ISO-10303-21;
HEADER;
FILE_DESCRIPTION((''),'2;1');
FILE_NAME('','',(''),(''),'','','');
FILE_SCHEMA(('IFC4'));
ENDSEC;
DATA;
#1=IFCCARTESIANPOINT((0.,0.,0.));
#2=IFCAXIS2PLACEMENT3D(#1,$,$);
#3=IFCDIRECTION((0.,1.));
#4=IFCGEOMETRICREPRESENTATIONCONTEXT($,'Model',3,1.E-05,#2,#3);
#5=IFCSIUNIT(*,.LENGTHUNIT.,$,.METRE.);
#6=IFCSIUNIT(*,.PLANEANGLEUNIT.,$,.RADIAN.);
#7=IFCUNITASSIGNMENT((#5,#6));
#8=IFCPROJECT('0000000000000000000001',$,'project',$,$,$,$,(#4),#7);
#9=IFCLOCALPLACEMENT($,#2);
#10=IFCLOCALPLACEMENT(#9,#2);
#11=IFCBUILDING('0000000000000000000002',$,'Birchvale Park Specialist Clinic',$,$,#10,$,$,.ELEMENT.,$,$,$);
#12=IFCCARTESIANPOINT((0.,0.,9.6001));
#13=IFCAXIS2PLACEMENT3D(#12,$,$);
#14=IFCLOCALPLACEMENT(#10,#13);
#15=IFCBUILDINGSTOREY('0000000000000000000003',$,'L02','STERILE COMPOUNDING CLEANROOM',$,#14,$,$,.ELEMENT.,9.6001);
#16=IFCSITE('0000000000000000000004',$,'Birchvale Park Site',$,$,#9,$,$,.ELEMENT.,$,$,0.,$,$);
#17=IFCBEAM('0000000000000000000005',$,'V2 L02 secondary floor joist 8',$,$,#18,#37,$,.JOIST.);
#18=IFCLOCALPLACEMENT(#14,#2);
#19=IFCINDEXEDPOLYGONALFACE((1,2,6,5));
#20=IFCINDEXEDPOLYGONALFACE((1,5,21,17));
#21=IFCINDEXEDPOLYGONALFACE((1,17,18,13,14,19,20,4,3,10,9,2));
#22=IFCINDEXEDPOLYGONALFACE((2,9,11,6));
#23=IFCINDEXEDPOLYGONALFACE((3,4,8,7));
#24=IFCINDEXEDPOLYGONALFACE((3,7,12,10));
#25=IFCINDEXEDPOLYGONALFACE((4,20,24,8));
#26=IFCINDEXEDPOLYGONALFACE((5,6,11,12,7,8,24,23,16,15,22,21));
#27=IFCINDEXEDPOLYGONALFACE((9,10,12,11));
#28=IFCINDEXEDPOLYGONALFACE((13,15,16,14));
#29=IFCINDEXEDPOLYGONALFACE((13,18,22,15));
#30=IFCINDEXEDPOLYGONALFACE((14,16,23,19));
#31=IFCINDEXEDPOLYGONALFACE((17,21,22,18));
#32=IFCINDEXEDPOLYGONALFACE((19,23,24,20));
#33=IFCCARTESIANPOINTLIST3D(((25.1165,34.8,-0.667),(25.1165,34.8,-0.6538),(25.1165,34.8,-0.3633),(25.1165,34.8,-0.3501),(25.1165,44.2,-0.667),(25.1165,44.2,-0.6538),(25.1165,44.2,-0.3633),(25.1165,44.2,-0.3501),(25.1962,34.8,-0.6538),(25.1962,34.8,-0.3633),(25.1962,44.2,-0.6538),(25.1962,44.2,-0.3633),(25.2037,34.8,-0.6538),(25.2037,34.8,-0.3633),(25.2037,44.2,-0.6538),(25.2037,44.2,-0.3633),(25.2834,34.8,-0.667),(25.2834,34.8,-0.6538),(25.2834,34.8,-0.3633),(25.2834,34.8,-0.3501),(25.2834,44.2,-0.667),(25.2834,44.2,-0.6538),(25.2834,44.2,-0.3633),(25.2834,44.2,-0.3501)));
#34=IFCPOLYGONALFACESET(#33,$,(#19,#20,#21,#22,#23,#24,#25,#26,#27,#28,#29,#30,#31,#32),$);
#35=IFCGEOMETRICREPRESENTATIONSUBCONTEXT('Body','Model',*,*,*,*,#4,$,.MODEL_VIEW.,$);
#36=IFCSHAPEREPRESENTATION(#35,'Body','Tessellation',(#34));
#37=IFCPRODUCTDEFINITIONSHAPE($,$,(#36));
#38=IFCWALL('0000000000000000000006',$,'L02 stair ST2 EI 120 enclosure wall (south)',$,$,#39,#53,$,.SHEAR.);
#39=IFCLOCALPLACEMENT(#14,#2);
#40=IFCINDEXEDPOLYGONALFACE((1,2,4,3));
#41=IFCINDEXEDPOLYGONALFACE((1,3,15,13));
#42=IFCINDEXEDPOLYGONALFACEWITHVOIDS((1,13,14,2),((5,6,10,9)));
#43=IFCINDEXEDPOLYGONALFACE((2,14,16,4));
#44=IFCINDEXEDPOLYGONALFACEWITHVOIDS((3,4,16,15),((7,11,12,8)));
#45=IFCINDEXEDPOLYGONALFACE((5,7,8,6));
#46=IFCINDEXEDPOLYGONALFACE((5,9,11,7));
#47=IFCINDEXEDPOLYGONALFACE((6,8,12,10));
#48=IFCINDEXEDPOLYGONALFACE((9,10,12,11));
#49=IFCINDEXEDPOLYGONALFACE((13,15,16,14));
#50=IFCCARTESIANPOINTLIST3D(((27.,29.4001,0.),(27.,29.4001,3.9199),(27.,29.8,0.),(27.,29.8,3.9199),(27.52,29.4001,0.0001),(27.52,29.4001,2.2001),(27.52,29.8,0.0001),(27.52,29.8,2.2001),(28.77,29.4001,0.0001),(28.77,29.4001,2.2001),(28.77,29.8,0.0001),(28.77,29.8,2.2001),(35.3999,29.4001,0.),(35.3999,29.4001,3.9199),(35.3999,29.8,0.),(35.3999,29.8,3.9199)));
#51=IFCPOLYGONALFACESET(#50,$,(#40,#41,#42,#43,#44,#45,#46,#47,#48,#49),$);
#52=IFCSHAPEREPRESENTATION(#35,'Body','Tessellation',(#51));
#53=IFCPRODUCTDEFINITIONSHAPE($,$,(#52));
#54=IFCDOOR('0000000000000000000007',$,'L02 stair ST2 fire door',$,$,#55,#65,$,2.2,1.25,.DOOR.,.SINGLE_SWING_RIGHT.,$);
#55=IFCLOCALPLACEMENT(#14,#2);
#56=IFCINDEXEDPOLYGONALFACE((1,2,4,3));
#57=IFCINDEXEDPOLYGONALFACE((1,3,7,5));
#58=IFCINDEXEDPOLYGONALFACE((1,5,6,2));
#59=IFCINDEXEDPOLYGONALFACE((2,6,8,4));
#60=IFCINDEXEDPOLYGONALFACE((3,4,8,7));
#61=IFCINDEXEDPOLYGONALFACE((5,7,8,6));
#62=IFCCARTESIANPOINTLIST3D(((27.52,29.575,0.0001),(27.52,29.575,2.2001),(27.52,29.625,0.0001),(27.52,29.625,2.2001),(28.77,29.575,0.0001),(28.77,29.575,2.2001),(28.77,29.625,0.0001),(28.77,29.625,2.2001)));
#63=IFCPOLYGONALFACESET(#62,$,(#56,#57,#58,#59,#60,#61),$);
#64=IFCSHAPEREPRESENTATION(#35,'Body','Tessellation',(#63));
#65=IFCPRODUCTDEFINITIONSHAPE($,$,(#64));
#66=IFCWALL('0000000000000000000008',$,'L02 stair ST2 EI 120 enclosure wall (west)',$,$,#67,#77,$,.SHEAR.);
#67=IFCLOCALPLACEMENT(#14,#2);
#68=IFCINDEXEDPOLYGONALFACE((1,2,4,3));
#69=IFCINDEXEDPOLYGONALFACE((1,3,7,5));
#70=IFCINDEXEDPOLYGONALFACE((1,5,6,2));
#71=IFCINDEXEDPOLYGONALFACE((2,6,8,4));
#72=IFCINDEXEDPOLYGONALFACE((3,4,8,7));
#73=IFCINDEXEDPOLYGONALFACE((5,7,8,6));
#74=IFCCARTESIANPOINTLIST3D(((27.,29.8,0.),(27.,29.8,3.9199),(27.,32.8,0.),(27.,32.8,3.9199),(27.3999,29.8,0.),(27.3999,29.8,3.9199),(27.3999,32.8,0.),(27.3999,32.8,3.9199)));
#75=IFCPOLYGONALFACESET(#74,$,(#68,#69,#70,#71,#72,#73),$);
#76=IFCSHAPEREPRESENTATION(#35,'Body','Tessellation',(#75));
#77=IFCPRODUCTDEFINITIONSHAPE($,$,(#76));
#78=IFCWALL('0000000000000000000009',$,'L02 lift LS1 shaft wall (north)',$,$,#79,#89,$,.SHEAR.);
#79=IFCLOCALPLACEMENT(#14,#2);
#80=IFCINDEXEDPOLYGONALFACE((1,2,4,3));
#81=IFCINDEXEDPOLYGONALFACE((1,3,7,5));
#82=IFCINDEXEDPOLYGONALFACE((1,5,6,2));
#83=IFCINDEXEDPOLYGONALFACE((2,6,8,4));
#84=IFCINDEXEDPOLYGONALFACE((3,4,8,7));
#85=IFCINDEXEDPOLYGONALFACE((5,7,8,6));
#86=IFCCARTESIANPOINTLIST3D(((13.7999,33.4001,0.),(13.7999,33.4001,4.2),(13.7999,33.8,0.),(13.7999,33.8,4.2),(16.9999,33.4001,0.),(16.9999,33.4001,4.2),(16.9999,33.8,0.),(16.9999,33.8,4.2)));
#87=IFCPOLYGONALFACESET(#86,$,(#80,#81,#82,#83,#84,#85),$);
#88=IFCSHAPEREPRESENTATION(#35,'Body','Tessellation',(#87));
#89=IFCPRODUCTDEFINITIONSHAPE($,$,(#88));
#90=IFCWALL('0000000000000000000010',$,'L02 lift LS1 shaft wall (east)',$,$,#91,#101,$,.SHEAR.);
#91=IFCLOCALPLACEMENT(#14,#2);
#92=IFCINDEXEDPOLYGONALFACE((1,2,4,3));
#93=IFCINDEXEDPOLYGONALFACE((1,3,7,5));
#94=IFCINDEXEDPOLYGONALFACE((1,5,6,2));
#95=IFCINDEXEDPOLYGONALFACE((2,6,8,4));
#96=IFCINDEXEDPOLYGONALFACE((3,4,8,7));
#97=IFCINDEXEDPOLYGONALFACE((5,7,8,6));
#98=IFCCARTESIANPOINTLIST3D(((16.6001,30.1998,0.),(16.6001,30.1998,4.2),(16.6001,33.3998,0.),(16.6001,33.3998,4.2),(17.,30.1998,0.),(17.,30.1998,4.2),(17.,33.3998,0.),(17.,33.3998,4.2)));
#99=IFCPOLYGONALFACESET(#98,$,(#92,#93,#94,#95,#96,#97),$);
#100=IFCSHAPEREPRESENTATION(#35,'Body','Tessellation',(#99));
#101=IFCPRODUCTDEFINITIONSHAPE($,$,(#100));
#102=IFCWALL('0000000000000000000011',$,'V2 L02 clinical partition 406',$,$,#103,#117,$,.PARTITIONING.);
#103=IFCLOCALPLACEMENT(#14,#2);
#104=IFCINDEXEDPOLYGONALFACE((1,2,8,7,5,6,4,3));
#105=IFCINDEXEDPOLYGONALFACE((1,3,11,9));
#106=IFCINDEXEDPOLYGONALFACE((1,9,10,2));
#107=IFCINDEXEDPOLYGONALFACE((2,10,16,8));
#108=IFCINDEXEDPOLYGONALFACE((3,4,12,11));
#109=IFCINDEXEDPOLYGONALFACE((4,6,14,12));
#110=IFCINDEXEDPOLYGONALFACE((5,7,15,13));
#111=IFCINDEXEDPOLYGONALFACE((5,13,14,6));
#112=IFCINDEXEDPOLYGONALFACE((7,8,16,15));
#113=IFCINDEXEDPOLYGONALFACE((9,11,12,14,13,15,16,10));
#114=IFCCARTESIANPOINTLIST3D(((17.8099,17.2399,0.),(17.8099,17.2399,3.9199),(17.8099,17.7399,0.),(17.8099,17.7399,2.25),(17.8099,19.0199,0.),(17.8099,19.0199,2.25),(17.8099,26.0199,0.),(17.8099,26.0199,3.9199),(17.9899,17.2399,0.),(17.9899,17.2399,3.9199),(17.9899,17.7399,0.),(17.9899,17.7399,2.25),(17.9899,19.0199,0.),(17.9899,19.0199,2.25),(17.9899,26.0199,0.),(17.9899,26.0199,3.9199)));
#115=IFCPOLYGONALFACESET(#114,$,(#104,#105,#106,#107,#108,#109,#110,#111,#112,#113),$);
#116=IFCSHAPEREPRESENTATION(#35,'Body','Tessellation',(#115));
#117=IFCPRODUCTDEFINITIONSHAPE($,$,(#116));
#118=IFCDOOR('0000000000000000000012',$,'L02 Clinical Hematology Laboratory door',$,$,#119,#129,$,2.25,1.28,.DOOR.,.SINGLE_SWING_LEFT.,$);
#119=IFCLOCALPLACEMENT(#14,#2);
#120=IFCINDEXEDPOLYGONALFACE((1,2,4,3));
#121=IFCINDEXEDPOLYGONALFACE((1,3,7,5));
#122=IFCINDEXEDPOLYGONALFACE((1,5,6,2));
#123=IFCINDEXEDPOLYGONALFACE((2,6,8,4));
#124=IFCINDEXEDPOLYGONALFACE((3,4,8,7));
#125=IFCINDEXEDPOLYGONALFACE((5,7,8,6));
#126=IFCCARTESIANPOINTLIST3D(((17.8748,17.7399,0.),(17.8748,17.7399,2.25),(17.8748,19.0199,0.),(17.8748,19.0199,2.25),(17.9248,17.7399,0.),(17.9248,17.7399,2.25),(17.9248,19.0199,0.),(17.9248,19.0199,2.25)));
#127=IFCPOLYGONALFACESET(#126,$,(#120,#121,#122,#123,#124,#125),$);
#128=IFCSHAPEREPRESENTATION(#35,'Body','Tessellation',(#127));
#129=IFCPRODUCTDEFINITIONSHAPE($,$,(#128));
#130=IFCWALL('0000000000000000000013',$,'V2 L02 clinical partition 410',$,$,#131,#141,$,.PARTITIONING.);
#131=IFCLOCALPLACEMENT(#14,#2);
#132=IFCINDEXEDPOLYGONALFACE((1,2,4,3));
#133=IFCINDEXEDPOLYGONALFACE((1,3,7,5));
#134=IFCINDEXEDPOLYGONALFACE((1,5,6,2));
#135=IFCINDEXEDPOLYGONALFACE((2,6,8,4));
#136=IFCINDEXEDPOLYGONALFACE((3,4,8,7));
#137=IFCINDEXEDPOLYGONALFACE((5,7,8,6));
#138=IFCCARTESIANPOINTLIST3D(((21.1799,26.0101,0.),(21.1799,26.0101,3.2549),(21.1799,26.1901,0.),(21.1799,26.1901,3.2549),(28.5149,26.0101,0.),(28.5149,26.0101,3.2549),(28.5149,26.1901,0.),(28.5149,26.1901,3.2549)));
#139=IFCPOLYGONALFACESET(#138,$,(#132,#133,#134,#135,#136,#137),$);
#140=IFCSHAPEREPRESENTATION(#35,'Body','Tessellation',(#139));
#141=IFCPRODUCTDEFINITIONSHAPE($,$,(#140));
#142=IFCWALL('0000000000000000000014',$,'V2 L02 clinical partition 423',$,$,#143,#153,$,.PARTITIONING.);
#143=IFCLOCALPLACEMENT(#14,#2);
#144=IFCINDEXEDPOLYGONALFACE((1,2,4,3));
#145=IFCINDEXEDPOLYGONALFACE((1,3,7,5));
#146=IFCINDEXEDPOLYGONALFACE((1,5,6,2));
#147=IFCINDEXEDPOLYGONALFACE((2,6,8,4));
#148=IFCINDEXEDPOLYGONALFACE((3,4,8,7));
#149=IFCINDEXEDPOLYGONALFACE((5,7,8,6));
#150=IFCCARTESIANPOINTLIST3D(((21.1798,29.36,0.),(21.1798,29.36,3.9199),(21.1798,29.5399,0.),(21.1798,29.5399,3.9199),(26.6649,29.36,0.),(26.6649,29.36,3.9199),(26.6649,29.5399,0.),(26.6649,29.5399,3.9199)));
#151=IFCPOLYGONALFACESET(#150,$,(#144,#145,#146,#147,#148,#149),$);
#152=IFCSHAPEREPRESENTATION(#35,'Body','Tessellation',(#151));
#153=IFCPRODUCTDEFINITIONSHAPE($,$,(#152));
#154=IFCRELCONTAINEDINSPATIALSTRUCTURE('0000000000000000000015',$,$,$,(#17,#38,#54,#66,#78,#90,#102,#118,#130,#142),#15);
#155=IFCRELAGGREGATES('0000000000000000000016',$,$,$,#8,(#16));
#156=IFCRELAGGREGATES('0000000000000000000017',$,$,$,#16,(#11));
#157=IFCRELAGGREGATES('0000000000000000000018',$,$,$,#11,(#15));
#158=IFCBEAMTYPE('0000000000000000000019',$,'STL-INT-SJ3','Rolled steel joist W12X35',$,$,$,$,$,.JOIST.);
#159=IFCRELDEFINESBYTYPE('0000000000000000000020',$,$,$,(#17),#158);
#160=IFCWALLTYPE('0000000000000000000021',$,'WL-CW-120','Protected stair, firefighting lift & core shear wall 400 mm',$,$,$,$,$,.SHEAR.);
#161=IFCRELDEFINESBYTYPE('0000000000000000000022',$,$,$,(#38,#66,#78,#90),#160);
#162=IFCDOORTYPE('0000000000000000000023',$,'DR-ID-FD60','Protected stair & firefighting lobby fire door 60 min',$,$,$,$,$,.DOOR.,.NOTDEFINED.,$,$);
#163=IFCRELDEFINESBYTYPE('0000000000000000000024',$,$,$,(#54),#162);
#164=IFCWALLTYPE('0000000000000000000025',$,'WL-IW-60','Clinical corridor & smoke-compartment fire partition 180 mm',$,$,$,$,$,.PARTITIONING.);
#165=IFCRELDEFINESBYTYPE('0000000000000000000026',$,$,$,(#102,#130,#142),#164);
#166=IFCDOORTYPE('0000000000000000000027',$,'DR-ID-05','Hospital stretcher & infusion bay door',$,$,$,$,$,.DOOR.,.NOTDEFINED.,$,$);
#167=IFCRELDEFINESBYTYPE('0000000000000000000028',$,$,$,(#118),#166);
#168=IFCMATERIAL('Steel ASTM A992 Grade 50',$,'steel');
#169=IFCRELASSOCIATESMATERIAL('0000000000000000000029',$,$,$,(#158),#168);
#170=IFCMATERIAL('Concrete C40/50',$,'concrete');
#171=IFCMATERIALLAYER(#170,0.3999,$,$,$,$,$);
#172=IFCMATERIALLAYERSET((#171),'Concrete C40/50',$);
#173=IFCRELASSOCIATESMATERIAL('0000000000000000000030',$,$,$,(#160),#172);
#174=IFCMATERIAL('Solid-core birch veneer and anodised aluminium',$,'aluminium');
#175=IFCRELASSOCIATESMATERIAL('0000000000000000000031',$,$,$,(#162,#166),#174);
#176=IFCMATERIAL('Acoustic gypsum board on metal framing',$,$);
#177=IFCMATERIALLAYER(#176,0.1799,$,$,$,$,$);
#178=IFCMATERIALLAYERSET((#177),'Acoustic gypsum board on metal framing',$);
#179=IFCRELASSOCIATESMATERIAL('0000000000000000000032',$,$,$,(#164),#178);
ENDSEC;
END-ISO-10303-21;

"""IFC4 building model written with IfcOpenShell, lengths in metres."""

from ifc_helpers import new_model, si_unit, direction, frame, frame_2d, origin, origin_2d, place, context, subcontext, project, spatial, rectangle, i_section, extrude, material, layer, layer_set, material_profile, profile_set, type_object, element, fill, save


model = new_model("IFC4")

# Units and contexts
model_context = context("Model", 3, precision=1e-05, world=origin(), true_north=direction((0.0, 1.0)))
body_context = subcontext(model_context, "Body", "Model", "MODEL_VIEW")
ifc_project = project(units=[si_unit("LENGTHUNIT", "METRE"), si_unit("PLANEANGLEUNIT", "RADIAN")], contexts=[model_context])

# Site, building, storey
site_placement = place(None, origin())
site = spatial("IfcSite", under=ifc_project, at=site_placement, Name="Birchvale Park Site", CompositionType="ELEMENT", RefElevation=0.0)
building_placement = place(site_placement, origin())
building = spatial("IfcBuilding", under=site, at=building_placement, Name="Birchvale Park Specialist Clinic", CompositionType="ELEMENT")
storey_placement = place(building_placement, frame((0.0, 0.0, 9.6001)))
storey = spatial("IfcBuildingStorey", under=building, at=storey_placement, Name="L02", Description="STERILE COMPOUNDING CLEANROOM", CompositionType="ELEMENT", Elevation=9.6001)

# Shared definitions
ifc_material_1 = material(Name="Concrete C40/50", Category="concrete")

# Beam
ifc_material_2 = material(Name="Steel ASTM A992 Grade 50", Category="steel")
ifc_material_profile_1 = material_profile(ifc_material_2, i_section(OverallWidth=0.167, OverallDepth=0.3169, WebThickness=0.0076, FlangeThickness=0.0132, at=origin_2d()), Name="W12X35")
ifc_profile_set_1 = profile_set([ifc_material_profile_1], Name="Steel ASTM A992 Grade 50")
beam_type_1 = type_object("IfcBeamType", Name="STL-INT-SJ3", Description="Rolled steel joist W12X35", PredefinedType="JOIST", material=ifc_profile_set_1)
beam_1_placement = place(storey_placement, frame((25.2, 34.8, -0.5085), z_axis=(0.0, 1.0, 0.0), x_axis=(-1.0, 0.0, 0.0)))
element("IfcBeam", 1, at=beam_1_placement, inside=storey, type_object=beam_type_1, Name="V2 L02 secondary floor joist 8", PredefinedType="JOIST", context=body_context, shape_type="SweptSolid", body=[
    extrude(i_section(OverallWidth=0.167, OverallDepth=0.3169, WebThickness=0.0076, FlangeThickness=0.0132, at=origin_2d()), origin(), (0.0, 0.0, 1.0), 9.3999),
])

# Wall, opening, door
ifc_layer_1 = layer(ifc_material_1, 0.3999)
ifc_layer_set_1 = layer_set([ifc_layer_1], Name="Concrete C40/50")
wall_type_1 = type_object("IfcWallType", Name="WL-CW-120", Description="Protected stair, firefighting lift & core shear wall 400 mm", PredefinedType="SHEAR", material=ifc_layer_set_1)
wall_1_placement = place(storey_placement, frame((27.0, 29.6001, 0.0), z_axis=(0.0, 0.0, 1.0), x_axis=(1.0, 0.0, 0.0)))
wall_1 = element("IfcWall", 2, at=wall_1_placement, inside=storey, type_object=wall_type_1, Name="L02 stair ST2 EI 120 enclosure wall (south)", PredefinedType="SHEAR", context=body_context, shape_type="SweptSolid", body=[
    extrude(rectangle(XDim=8.3999, YDim=0.3999, at=frame_2d((4.2, 0.0))), origin(), (0.0, 0.0, 1.0), 3.9199),
])
opening_1_placement = place(wall_1_placement, frame((0.52, 0.0, 0.0)))
opening_1 = element("IfcOpeningElement", 3, at=opening_1_placement, cuts=wall_1, PredefinedType="OPENING", context=body_context, shape_type="SweptSolid", body=[
    extrude(rectangle(XDim=1.25, YDim=2.2, at=frame_2d((0.625, 1.1001))), frame((0.0, 0.21, 0.0), z_axis=(0.0, -1.0, 0.0), x_axis=(1.0, 0.0, 0.0)), (0.0, 0.0, 1.0), 0.4199),
])
ifc_material_3 = material(Name="Solid-core birch veneer and anodised aluminium", Category="aluminium")
door_type_1 = type_object("IfcDoorType", Name="DR-ID-FD60", Description="Protected stair & firefighting lobby fire door 60 min", OperationType="NOTDEFINED", PredefinedType="DOOR", material=ifc_material_3)
door_1_placement = place(opening_1_placement, origin())
door_1 = element("IfcDoor", 4, at=door_1_placement, inside=storey, type_object=door_type_1, Name="L02 stair ST2 fire door", OperationType="SINGLE_SWING_RIGHT", OverallHeight=2.2, OverallWidth=1.25, PredefinedType="DOOR", context=body_context, shape_type="SweptSolid", body=[
    extrude(rectangle(XDim=1.25, YDim=2.2, at=frame_2d((0.625, 1.1001))), frame((0.0, 0.0249, 0.0), z_axis=(0.0, -1.0, 0.0), x_axis=(1.0, 0.0, 0.0)), (0.0, 0.0, 1.0), 0.05),
])
fill(opening_1, door_1)

# Walls
wall_2_placement = place(storey_placement, frame((27.2, 29.8, 0.0), z_axis=(0.0, 0.0, 1.0), x_axis=(0.0, 1.0, 0.0)))
element("IfcWall", 5, at=wall_2_placement, inside=storey, type_object=wall_type_1, Name="L02 stair ST2 EI 120 enclosure wall (west)", PredefinedType="SHEAR", context=body_context, shape_type="SweptSolid", body=[
    extrude(rectangle(XDim=3.0, YDim=0.3999, at=frame_2d((1.5, 0.0))), origin(), (0.0, 0.0, 1.0), 3.9199),
])
for number, where, z_axis, x_axis, name in (
    (6, (17.0, 33.6001, 0.0), (0.0, 0.0, 1.0), (-1.0, 0.0, 0.0), "L02 lift LS1 shaft wall (north)"),
    (7, (16.8, 33.3999, 0.0), (0.0, 0.0, 1.0), (0.0, -1.0, 0.0), "L02 lift LS1 shaft wall (east)"),
):
    element("IfcWall", number, at=place(storey_placement, frame(where, z_axis=z_axis, x_axis=x_axis)), inside=storey, type_object=wall_type_1, Name=name, PredefinedType="SHEAR", context=body_context, shape_type="SweptSolid", body=[
        extrude(rectangle(XDim=3.2, YDim=0.3999, at=frame_2d((1.6001, 0.0))), origin(), (0.0, 0.0, 1.0), 4.2),
    ])

# Wall, opening, door
ifc_material_4 = material(Name="Acoustic gypsum board on metal framing")
ifc_layer_2 = layer(ifc_material_4, 0.1799)
ifc_layer_set_2 = layer_set([ifc_layer_2], Name="Acoustic gypsum board on metal framing")
wall_type_2 = type_object("IfcWallType", Name="WL-IW-60", Description="Clinical corridor & smoke-compartment fire partition 180 mm", PredefinedType="PARTITIONING", material=ifc_layer_set_2)
wall_3_placement = place(storey_placement, frame((17.8999, 26.02, 0.0), z_axis=(0.0, 0.0, 1.0), x_axis=(0.0, -1.0, 0.0)))
wall_3 = element("IfcWall", 8, at=wall_3_placement, inside=storey, type_object=wall_type_2, Name="V2 L02 clinical partition 406", PredefinedType="PARTITIONING", context=body_context, shape_type="SweptSolid", body=[
    extrude(rectangle(XDim=8.78, YDim=0.1799, at=frame_2d((4.3901, 0.0))), origin(), (0.0, 0.0, 1.0), 3.9199),
])
opening_2_placement = place(wall_3_placement, frame((7.0, 0.0, 0.0)))
opening_2 = element("IfcOpeningElement", 9, at=opening_2_placement, cuts=wall_3, PredefinedType="OPENING", context=body_context, shape_type="SweptSolid", body=[
    extrude(rectangle(XDim=1.28, YDim=2.25, at=frame_2d((0.6401, 1.125))), frame((0.0, 0.1001, 0.0), z_axis=(0.0, -1.0, 0.0), x_axis=(1.0, 0.0, 0.0)), (0.0, 0.0, 1.0), 0.2),
])
door_type_2 = type_object("IfcDoorType", Name="DR-ID-05", Description="Hospital stretcher & infusion bay door", OperationType="NOTDEFINED", PredefinedType="DOOR", material=ifc_material_3)
door_2_placement = place(opening_2_placement, origin())
door_2 = element("IfcDoor", 10, at=door_2_placement, inside=storey, type_object=door_type_2, Name="L02 Clinical Hematology Laboratory door", OperationType="SINGLE_SWING_LEFT", OverallHeight=2.25, OverallWidth=1.28, PredefinedType="DOOR", context=body_context, shape_type="SweptSolid", body=[
    extrude(rectangle(XDim=1.28, YDim=2.25, at=frame_2d((0.6401, 1.125))), frame((0.0, 0.0249, 0.0), z_axis=(0.0, -1.0, 0.0), x_axis=(1.0, 0.0, 0.0)), (0.0, 0.0, 1.0), 0.05),
])
fill(opening_2, door_2)

# Walls
wall_4_placement = place(storey_placement, frame((21.1799, 26.1001, 0.0), z_axis=(0.0, 0.0, 1.0), x_axis=(1.0, 0.0, 0.0)))
element("IfcWall", 11, at=wall_4_placement, inside=storey, type_object=wall_type_2, Name="V2 L02 clinical partition 410", PredefinedType="PARTITIONING", context=body_context, shape_type="SweptSolid", body=[
    extrude(rectangle(XDim=7.335, YDim=0.1799, at=frame_2d((3.6675, 0.0))), origin(), (0.0, 0.0, 1.0), 3.2549),
])
wall_5_placement = place(storey_placement, frame((26.665, 29.45, 0.0), z_axis=(0.0, 0.0, 1.0), x_axis=(-1.0, 0.0, 0.0)))
element("IfcWall", 12, at=wall_5_placement, inside=storey, type_object=wall_type_2, Name="V2 L02 clinical partition 423", PredefinedType="PARTITIONING", context=body_context, shape_type="SweptSolid", body=[
    extrude(rectangle(XDim=5.4851, YDim=0.1799, at=frame_2d((2.7427, 0.0))), origin(), (0.0, 0.0, 1.0), 3.9199),
])

save(model, "model.ifc")
